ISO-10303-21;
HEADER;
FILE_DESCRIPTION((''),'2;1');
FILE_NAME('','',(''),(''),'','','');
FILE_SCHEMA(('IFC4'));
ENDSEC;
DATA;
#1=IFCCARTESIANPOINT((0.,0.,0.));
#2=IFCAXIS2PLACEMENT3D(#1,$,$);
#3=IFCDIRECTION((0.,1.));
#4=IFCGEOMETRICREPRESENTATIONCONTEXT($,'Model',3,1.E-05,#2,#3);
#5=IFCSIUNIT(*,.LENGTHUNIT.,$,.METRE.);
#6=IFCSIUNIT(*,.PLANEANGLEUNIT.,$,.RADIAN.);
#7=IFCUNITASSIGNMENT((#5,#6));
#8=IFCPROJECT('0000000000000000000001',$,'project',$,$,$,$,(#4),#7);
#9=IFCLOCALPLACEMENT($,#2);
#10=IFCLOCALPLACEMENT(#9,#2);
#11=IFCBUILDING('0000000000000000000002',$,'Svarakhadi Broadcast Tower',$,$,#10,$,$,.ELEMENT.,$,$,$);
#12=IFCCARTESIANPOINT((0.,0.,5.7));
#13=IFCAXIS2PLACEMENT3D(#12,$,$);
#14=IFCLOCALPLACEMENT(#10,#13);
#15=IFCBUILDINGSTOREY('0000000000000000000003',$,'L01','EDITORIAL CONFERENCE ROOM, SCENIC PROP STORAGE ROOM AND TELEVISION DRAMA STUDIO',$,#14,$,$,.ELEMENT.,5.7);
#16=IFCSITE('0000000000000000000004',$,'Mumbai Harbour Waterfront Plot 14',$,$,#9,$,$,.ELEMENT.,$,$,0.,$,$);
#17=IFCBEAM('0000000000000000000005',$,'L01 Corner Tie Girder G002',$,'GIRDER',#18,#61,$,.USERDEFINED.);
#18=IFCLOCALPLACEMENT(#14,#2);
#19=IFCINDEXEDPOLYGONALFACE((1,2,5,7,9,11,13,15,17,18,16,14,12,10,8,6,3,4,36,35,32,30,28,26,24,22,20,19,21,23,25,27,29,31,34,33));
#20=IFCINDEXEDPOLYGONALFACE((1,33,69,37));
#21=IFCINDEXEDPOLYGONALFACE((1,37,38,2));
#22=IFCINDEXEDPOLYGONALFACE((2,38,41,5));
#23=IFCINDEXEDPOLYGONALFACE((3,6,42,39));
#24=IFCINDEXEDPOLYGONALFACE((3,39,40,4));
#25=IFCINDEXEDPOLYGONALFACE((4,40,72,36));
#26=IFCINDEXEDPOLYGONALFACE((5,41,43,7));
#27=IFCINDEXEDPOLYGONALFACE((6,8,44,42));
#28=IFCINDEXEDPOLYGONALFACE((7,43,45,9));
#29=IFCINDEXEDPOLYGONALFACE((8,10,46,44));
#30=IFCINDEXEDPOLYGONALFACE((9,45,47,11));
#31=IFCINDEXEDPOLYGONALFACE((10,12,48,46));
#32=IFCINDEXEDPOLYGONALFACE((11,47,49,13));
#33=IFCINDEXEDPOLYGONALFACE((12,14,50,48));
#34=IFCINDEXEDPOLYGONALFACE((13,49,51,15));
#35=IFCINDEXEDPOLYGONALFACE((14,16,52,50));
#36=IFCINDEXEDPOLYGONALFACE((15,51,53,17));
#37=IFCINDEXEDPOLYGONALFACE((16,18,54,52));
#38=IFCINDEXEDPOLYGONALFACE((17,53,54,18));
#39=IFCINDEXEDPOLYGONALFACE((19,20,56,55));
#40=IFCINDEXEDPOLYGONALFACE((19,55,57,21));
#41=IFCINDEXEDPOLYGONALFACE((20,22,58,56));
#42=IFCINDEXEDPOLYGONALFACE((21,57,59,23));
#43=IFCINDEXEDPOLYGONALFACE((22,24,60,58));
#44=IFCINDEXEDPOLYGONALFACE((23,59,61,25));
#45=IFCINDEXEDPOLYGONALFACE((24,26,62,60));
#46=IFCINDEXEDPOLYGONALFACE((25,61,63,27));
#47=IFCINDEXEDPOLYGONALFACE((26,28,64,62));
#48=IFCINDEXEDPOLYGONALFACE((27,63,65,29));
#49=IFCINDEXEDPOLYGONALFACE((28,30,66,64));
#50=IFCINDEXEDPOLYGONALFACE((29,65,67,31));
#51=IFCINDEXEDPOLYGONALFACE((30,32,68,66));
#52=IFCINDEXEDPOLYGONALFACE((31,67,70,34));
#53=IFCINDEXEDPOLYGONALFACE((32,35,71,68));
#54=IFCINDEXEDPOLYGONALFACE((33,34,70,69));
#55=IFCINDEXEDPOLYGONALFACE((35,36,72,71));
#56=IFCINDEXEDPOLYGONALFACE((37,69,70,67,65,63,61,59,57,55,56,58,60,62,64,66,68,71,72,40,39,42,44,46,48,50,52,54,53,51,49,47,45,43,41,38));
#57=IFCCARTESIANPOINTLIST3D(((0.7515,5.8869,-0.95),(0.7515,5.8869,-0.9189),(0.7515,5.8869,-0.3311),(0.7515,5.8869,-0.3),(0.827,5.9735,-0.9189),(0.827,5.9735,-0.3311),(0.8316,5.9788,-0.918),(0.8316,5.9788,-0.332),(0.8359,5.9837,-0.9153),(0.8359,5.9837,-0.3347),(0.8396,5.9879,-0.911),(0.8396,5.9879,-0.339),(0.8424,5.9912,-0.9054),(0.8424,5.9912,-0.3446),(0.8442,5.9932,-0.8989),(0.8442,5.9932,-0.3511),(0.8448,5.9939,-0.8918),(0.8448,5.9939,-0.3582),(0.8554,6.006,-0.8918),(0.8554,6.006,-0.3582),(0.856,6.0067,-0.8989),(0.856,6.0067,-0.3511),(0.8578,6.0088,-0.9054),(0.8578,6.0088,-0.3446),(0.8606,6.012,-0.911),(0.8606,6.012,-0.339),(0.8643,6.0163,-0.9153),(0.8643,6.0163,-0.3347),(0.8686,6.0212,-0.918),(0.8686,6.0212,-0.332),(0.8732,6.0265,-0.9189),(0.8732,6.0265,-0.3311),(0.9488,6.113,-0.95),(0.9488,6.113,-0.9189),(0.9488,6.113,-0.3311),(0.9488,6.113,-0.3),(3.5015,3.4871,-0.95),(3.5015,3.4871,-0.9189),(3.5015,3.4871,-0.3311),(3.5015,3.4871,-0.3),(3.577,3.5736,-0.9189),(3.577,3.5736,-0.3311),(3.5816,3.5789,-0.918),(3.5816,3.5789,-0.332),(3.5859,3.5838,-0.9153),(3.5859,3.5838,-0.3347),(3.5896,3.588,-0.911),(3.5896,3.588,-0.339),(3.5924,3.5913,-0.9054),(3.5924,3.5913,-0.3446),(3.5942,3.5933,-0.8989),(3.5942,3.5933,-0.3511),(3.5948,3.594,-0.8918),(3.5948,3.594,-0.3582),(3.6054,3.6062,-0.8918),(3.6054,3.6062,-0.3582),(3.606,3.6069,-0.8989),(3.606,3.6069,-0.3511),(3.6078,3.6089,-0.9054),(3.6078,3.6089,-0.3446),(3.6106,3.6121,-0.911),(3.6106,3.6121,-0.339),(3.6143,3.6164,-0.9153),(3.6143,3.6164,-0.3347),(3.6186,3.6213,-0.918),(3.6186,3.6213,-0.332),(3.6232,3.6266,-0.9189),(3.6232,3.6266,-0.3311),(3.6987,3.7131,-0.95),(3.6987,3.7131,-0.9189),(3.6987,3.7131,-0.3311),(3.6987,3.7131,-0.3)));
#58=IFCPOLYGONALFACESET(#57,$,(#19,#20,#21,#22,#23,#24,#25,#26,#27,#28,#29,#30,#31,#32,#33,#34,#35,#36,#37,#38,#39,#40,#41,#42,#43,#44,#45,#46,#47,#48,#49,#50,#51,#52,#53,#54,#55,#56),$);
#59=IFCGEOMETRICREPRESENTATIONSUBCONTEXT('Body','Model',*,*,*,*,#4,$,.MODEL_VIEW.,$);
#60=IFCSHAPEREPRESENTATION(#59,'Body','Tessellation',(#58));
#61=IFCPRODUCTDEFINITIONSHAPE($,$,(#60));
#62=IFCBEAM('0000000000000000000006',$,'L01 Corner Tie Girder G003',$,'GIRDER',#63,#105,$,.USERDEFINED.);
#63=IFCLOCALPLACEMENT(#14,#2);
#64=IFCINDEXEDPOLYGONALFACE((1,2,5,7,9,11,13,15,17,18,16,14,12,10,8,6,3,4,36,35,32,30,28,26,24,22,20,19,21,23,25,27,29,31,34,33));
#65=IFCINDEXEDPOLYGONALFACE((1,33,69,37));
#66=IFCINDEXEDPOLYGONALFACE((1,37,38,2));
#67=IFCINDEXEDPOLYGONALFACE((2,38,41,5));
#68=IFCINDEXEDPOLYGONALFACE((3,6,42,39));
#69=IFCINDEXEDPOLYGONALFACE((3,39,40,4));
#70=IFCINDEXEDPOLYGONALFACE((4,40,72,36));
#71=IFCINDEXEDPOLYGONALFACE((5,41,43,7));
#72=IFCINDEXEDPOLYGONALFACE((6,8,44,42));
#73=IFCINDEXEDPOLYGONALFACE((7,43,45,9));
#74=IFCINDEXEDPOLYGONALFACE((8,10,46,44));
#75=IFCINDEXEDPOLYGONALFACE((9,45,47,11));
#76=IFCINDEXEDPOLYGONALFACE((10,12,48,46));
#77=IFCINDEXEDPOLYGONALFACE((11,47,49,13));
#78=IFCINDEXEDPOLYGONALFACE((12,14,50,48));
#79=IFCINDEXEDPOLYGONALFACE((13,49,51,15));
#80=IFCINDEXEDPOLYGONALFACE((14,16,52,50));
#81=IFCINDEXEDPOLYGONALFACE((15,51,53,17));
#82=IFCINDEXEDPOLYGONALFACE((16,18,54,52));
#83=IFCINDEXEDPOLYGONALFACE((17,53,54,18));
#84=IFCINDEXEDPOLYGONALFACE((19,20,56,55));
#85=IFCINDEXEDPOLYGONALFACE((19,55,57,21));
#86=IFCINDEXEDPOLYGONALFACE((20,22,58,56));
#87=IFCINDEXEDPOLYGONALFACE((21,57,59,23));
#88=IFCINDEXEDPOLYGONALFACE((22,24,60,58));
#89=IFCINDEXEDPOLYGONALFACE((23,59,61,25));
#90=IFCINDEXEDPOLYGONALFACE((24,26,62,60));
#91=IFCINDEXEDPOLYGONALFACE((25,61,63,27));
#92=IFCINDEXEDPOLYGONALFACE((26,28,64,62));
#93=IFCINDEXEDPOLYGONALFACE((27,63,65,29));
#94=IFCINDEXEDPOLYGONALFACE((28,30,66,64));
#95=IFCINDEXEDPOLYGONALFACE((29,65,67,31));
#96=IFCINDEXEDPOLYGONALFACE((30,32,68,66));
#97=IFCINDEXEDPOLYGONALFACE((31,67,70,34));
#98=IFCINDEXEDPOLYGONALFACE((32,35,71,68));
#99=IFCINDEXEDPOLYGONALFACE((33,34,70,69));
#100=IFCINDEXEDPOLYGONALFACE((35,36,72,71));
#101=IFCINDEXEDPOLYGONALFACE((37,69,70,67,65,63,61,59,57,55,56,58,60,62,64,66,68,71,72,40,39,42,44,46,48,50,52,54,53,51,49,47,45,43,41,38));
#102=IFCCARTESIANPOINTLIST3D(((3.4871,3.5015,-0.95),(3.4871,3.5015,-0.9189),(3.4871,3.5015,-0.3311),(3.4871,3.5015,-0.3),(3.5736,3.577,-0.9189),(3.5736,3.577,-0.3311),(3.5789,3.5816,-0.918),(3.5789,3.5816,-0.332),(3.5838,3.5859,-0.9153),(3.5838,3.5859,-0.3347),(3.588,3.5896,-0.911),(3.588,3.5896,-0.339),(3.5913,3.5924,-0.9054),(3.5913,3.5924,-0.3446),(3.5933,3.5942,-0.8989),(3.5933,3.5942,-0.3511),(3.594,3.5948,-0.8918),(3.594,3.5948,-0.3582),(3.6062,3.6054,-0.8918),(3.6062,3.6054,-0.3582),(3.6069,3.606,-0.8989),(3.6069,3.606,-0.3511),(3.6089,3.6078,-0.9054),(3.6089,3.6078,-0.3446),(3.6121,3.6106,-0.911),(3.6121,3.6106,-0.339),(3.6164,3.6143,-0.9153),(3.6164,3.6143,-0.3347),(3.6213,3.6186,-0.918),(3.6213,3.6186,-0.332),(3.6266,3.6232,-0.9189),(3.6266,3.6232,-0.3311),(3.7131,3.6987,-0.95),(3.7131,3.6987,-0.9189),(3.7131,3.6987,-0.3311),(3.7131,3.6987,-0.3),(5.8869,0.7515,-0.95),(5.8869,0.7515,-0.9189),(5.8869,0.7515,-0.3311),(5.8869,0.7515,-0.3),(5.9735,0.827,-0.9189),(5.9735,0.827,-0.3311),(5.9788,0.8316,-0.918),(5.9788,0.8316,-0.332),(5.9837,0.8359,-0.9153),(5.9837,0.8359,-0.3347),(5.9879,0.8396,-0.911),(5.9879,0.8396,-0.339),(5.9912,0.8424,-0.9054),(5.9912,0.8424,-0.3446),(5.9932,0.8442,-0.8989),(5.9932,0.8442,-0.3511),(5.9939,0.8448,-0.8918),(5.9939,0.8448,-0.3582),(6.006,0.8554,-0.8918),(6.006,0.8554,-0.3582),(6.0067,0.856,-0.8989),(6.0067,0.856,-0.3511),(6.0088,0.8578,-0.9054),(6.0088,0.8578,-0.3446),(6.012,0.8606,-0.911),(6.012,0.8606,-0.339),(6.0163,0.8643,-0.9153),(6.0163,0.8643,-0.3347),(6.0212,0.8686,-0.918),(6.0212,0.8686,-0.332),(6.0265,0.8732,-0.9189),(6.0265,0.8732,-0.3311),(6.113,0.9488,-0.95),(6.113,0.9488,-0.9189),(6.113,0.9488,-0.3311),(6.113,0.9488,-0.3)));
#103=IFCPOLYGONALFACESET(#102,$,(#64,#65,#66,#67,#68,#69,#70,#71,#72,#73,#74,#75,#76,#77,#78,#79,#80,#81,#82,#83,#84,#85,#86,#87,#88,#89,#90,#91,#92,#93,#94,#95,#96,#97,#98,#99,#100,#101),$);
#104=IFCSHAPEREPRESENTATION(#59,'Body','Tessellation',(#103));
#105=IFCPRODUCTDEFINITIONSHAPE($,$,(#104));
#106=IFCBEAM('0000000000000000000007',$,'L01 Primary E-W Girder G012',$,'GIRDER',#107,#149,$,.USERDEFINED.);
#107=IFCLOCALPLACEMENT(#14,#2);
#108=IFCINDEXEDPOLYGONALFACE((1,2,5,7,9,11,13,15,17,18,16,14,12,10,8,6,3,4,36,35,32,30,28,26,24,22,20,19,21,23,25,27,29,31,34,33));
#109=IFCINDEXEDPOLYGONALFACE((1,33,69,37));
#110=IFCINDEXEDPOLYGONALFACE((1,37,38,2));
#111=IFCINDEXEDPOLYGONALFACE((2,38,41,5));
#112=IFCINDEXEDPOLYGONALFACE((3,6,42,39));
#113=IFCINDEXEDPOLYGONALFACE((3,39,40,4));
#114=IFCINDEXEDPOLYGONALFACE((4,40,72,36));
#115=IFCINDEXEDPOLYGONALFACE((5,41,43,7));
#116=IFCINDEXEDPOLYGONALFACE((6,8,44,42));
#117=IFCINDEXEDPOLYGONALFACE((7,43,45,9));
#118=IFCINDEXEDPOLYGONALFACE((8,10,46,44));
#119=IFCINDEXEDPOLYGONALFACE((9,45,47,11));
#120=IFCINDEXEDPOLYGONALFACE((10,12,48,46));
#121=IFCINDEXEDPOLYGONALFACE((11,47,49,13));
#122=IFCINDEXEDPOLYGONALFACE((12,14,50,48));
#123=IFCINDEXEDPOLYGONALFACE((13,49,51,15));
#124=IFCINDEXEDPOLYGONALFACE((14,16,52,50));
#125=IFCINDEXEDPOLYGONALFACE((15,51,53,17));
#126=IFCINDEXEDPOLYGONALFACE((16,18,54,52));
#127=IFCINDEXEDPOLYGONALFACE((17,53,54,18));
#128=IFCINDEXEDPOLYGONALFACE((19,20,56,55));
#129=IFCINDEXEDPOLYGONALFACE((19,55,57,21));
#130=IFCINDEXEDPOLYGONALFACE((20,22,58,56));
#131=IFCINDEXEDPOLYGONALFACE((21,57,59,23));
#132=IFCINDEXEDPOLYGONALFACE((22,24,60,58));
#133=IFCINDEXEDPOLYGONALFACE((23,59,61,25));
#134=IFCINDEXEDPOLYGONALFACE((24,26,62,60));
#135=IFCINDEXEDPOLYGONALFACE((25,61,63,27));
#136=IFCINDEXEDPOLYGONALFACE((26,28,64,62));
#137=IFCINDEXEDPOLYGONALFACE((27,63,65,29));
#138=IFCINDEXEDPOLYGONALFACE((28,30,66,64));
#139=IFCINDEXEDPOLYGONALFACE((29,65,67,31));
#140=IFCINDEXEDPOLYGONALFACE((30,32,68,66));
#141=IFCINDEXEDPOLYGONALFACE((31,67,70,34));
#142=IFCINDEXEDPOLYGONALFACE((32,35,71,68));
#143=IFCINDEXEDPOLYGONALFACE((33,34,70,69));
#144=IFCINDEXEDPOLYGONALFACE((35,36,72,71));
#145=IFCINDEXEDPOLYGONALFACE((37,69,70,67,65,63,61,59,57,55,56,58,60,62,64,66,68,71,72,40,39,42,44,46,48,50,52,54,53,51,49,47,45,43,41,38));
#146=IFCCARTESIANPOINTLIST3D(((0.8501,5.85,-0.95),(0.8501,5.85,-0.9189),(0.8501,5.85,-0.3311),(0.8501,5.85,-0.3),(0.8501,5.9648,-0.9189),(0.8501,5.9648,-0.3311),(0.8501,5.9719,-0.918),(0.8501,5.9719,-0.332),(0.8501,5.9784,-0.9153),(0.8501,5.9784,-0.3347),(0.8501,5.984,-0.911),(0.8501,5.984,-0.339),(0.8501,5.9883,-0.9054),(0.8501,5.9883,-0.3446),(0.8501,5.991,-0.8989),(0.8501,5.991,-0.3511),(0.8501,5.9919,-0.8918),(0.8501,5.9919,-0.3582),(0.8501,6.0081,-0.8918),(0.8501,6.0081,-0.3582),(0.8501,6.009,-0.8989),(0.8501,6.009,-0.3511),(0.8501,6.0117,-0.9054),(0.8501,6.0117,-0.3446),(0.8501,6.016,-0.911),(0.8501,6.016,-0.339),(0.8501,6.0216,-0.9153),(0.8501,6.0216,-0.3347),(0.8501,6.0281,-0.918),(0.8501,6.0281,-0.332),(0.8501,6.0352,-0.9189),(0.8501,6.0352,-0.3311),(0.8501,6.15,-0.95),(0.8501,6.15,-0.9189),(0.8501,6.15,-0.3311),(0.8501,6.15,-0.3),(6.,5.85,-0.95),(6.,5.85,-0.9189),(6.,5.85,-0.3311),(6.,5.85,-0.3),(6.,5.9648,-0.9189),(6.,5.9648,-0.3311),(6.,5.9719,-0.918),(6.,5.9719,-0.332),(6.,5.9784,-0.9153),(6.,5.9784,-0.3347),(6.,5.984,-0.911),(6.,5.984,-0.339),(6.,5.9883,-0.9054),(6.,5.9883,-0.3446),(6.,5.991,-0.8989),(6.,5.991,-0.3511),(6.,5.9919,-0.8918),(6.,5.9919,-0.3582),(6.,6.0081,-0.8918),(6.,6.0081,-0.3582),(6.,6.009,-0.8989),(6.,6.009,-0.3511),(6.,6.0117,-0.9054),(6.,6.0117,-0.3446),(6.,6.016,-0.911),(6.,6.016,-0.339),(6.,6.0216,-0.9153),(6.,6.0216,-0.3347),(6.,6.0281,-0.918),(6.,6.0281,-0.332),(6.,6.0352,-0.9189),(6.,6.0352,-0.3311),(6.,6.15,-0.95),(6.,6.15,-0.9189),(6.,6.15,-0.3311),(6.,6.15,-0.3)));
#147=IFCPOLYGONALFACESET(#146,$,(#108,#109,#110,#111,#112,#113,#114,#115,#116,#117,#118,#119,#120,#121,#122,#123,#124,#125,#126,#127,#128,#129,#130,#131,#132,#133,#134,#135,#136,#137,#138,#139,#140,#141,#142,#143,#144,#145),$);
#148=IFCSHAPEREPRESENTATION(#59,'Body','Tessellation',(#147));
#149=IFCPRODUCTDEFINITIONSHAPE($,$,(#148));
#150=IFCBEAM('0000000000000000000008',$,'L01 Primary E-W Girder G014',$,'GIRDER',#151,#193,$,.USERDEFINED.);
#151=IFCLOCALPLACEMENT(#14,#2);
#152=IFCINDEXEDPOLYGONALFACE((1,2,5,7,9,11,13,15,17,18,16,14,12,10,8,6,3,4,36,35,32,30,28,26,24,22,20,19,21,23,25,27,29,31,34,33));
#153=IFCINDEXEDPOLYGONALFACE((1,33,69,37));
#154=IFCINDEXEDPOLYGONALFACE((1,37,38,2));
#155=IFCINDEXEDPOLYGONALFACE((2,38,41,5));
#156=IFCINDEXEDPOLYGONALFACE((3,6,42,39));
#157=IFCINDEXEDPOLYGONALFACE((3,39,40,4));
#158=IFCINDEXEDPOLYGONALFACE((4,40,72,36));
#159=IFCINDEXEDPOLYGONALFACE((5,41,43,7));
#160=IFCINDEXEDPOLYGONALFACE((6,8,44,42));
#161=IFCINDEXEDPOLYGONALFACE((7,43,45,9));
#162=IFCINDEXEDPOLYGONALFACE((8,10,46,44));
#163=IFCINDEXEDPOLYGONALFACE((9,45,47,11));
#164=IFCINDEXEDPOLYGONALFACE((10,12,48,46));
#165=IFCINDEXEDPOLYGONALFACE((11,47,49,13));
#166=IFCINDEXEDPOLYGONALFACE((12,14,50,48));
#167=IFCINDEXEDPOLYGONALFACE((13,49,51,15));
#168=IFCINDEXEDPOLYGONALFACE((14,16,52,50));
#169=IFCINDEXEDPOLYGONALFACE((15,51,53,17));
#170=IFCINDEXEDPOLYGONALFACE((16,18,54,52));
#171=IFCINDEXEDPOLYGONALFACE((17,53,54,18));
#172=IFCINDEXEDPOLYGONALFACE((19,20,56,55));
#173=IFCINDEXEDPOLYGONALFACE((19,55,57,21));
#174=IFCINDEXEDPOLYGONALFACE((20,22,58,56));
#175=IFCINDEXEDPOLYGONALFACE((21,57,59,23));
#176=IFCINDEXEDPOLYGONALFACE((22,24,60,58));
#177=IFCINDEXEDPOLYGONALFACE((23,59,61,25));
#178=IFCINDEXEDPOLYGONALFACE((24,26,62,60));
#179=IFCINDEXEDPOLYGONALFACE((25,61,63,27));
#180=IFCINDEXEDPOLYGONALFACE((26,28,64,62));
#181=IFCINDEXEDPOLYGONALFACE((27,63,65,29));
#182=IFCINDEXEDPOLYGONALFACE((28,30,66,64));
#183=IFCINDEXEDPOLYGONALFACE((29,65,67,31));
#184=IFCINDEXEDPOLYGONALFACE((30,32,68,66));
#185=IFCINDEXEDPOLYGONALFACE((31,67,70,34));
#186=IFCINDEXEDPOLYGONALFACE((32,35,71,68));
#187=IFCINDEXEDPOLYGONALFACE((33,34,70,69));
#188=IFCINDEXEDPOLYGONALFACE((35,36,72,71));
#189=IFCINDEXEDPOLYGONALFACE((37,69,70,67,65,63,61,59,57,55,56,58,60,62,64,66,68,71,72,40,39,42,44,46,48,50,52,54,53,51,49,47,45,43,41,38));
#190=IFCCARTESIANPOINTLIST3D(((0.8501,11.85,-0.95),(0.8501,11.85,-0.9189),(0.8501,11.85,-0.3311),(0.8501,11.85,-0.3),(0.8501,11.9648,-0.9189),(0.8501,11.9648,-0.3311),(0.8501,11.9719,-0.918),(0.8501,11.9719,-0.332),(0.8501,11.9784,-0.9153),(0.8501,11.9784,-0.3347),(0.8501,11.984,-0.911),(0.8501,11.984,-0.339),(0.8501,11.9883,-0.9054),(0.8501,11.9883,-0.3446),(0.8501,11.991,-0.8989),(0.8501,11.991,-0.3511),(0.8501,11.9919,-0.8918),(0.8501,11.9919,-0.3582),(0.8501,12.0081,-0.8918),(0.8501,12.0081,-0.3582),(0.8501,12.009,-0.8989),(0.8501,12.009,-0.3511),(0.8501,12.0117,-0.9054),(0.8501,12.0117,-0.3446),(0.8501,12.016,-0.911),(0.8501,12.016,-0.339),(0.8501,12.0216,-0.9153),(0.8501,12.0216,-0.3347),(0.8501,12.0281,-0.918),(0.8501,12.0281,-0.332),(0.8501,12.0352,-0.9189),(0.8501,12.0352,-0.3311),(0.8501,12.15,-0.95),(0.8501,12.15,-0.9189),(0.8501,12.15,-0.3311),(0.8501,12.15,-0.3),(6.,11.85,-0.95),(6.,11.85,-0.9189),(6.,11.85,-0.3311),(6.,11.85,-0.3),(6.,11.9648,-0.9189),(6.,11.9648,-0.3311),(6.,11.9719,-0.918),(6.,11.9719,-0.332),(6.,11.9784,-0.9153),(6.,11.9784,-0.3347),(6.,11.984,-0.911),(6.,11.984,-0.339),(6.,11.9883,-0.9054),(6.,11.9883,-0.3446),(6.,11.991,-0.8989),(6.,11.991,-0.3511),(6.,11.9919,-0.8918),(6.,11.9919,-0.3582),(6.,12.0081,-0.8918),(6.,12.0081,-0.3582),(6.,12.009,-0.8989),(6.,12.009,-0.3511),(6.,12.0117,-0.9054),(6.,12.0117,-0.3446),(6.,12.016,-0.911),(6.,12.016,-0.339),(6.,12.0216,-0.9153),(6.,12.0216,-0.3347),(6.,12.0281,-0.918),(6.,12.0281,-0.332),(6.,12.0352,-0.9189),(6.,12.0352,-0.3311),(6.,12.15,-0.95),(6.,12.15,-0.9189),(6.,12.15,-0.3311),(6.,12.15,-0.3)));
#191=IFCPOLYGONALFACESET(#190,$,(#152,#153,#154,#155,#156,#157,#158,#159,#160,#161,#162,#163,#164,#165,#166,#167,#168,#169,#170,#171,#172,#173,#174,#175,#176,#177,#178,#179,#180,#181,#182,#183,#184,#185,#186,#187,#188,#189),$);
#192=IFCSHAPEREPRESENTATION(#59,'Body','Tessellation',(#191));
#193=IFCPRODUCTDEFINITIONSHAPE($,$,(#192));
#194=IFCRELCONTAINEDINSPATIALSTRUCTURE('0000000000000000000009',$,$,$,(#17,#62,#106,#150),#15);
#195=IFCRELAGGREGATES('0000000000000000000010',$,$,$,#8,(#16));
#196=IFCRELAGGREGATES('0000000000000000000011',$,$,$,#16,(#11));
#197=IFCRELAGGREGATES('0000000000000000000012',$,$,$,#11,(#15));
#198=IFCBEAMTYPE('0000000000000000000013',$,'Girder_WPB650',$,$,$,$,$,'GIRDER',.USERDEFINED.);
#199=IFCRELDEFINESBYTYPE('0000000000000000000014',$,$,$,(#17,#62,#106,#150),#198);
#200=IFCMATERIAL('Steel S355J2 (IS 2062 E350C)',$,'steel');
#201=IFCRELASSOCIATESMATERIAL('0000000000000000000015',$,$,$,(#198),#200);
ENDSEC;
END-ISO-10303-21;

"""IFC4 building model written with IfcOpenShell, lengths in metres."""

from ifc_helpers import new_model, si_unit, direction, frame, origin, origin_2d, place, context, subcontext, project, spatial, i_section, extrude, material, material_profile, profile_set, type_object, element, save


model = new_model("IFC4")

# Units and contexts
model_context = context("Model", 3, precision=1e-05, world=origin(), true_north=direction((0.0, 1.0)))
body_context = subcontext(model_context, "Body", "Model", "MODEL_VIEW")
ifc_project = project(units=[si_unit("LENGTHUNIT", "METRE"), si_unit("PLANEANGLEUNIT", "RADIAN")], contexts=[model_context])

# Site, building, storey
site_placement = place(None, origin())
site = spatial("IfcSite", under=ifc_project, at=site_placement, Name="Mumbai Harbour Waterfront Plot 14", CompositionType="ELEMENT", RefElevation=0.0)
building_placement = place(site_placement, origin())
building = spatial("IfcBuilding", under=site, at=building_placement, Name="Svarakhadi Broadcast Tower", CompositionType="ELEMENT")
storey_placement = place(building_placement, frame((0.0, 0.0, 5.7)))
storey = spatial("IfcBuildingStorey", under=building, at=storey_placement, Name="L01", Description="EDITORIAL CONFERENCE ROOM, SCENIC PROP STORAGE ROOM AND TELEVISION DRAMA STUDIO", CompositionType="ELEMENT", Elevation=5.7)

# Shared definitions
ifc_material_1 = material(Name="Steel S355J2 (IS 2062 E350C)", Category="steel")

# Beams
ifc_material_profile_1 = material_profile(ifc_material_1, i_section(OverallWidth=0.3, OverallDepth=0.6499, WebThickness=0.0161, FlangeThickness=0.031, FilletRadius=0.0271, at=origin_2d()), Name="WPB 650x300x225")
ifc_profile_set_1 = profile_set([ifc_material_profile_1], Name="Steel S355J2 (IS 2062 E350C)")
beam_type_1 = type_object("IfcBeamType", Name="Girder_WPB650", ElementType="GIRDER", PredefinedType="USERDEFINED", material=ifc_profile_set_1)
for number, where, z_axis, x_axis, name in (
    (1, (3.6001, 3.6001, -0.625), (-0.753438, 0.657519, 0.0), (-0.657519, -0.753438, 0.0), "L01 Corner Tie Girder G002"),
    (2, (3.6001, 3.6001, -0.625), (0.657519, -0.753438, 0.0), (0.753438, 0.657519, 0.0), "L01 Corner Tie Girder G003"),
):
    element("IfcBeam", number, at=place(storey_placement, frame(where, z_axis=z_axis, x_axis=x_axis)), inside=storey, type_object=beam_type_1, Name=name, ObjectType="GIRDER", PredefinedType="USERDEFINED", context=body_context, shape_type="SweptSolid", body=[
        extrude(i_section(OverallWidth=0.3, OverallDepth=0.6499, WebThickness=0.0161, FlangeThickness=0.031, FilletRadius=0.0271, at=origin_2d()), origin(), (0.0, 0.0, 1.0), 3.6499),
    ])
for number, where, z_axis, x_axis, name in (
    (3, (0.8501, 6.0, -0.625), (1.0, 0.0, 0.0), (0.0, 1.0, 0.0), "L01 Primary E-W Girder G012"),
    (4, (0.8501, 12.0, -0.625), (1.0, 0.0, 0.0), (0.0, 1.0, 0.0), "L01 Primary E-W Girder G014"),
):
    element("IfcBeam", number, at=place(storey_placement, frame(where, z_axis=z_axis, x_axis=x_axis)), inside=storey, type_object=beam_type_1, Name=name, ObjectType="GIRDER", PredefinedType="USERDEFINED", context=body_context, shape_type="SweptSolid", body=[
        extrude(i_section(OverallWidth=0.3, OverallDepth=0.6499, WebThickness=0.0161, FlangeThickness=0.031, FilletRadius=0.0271, at=origin_2d()), origin(), (0.0, 0.0, 1.0), 5.1499),
    ])

save(model, "model.ifc")
